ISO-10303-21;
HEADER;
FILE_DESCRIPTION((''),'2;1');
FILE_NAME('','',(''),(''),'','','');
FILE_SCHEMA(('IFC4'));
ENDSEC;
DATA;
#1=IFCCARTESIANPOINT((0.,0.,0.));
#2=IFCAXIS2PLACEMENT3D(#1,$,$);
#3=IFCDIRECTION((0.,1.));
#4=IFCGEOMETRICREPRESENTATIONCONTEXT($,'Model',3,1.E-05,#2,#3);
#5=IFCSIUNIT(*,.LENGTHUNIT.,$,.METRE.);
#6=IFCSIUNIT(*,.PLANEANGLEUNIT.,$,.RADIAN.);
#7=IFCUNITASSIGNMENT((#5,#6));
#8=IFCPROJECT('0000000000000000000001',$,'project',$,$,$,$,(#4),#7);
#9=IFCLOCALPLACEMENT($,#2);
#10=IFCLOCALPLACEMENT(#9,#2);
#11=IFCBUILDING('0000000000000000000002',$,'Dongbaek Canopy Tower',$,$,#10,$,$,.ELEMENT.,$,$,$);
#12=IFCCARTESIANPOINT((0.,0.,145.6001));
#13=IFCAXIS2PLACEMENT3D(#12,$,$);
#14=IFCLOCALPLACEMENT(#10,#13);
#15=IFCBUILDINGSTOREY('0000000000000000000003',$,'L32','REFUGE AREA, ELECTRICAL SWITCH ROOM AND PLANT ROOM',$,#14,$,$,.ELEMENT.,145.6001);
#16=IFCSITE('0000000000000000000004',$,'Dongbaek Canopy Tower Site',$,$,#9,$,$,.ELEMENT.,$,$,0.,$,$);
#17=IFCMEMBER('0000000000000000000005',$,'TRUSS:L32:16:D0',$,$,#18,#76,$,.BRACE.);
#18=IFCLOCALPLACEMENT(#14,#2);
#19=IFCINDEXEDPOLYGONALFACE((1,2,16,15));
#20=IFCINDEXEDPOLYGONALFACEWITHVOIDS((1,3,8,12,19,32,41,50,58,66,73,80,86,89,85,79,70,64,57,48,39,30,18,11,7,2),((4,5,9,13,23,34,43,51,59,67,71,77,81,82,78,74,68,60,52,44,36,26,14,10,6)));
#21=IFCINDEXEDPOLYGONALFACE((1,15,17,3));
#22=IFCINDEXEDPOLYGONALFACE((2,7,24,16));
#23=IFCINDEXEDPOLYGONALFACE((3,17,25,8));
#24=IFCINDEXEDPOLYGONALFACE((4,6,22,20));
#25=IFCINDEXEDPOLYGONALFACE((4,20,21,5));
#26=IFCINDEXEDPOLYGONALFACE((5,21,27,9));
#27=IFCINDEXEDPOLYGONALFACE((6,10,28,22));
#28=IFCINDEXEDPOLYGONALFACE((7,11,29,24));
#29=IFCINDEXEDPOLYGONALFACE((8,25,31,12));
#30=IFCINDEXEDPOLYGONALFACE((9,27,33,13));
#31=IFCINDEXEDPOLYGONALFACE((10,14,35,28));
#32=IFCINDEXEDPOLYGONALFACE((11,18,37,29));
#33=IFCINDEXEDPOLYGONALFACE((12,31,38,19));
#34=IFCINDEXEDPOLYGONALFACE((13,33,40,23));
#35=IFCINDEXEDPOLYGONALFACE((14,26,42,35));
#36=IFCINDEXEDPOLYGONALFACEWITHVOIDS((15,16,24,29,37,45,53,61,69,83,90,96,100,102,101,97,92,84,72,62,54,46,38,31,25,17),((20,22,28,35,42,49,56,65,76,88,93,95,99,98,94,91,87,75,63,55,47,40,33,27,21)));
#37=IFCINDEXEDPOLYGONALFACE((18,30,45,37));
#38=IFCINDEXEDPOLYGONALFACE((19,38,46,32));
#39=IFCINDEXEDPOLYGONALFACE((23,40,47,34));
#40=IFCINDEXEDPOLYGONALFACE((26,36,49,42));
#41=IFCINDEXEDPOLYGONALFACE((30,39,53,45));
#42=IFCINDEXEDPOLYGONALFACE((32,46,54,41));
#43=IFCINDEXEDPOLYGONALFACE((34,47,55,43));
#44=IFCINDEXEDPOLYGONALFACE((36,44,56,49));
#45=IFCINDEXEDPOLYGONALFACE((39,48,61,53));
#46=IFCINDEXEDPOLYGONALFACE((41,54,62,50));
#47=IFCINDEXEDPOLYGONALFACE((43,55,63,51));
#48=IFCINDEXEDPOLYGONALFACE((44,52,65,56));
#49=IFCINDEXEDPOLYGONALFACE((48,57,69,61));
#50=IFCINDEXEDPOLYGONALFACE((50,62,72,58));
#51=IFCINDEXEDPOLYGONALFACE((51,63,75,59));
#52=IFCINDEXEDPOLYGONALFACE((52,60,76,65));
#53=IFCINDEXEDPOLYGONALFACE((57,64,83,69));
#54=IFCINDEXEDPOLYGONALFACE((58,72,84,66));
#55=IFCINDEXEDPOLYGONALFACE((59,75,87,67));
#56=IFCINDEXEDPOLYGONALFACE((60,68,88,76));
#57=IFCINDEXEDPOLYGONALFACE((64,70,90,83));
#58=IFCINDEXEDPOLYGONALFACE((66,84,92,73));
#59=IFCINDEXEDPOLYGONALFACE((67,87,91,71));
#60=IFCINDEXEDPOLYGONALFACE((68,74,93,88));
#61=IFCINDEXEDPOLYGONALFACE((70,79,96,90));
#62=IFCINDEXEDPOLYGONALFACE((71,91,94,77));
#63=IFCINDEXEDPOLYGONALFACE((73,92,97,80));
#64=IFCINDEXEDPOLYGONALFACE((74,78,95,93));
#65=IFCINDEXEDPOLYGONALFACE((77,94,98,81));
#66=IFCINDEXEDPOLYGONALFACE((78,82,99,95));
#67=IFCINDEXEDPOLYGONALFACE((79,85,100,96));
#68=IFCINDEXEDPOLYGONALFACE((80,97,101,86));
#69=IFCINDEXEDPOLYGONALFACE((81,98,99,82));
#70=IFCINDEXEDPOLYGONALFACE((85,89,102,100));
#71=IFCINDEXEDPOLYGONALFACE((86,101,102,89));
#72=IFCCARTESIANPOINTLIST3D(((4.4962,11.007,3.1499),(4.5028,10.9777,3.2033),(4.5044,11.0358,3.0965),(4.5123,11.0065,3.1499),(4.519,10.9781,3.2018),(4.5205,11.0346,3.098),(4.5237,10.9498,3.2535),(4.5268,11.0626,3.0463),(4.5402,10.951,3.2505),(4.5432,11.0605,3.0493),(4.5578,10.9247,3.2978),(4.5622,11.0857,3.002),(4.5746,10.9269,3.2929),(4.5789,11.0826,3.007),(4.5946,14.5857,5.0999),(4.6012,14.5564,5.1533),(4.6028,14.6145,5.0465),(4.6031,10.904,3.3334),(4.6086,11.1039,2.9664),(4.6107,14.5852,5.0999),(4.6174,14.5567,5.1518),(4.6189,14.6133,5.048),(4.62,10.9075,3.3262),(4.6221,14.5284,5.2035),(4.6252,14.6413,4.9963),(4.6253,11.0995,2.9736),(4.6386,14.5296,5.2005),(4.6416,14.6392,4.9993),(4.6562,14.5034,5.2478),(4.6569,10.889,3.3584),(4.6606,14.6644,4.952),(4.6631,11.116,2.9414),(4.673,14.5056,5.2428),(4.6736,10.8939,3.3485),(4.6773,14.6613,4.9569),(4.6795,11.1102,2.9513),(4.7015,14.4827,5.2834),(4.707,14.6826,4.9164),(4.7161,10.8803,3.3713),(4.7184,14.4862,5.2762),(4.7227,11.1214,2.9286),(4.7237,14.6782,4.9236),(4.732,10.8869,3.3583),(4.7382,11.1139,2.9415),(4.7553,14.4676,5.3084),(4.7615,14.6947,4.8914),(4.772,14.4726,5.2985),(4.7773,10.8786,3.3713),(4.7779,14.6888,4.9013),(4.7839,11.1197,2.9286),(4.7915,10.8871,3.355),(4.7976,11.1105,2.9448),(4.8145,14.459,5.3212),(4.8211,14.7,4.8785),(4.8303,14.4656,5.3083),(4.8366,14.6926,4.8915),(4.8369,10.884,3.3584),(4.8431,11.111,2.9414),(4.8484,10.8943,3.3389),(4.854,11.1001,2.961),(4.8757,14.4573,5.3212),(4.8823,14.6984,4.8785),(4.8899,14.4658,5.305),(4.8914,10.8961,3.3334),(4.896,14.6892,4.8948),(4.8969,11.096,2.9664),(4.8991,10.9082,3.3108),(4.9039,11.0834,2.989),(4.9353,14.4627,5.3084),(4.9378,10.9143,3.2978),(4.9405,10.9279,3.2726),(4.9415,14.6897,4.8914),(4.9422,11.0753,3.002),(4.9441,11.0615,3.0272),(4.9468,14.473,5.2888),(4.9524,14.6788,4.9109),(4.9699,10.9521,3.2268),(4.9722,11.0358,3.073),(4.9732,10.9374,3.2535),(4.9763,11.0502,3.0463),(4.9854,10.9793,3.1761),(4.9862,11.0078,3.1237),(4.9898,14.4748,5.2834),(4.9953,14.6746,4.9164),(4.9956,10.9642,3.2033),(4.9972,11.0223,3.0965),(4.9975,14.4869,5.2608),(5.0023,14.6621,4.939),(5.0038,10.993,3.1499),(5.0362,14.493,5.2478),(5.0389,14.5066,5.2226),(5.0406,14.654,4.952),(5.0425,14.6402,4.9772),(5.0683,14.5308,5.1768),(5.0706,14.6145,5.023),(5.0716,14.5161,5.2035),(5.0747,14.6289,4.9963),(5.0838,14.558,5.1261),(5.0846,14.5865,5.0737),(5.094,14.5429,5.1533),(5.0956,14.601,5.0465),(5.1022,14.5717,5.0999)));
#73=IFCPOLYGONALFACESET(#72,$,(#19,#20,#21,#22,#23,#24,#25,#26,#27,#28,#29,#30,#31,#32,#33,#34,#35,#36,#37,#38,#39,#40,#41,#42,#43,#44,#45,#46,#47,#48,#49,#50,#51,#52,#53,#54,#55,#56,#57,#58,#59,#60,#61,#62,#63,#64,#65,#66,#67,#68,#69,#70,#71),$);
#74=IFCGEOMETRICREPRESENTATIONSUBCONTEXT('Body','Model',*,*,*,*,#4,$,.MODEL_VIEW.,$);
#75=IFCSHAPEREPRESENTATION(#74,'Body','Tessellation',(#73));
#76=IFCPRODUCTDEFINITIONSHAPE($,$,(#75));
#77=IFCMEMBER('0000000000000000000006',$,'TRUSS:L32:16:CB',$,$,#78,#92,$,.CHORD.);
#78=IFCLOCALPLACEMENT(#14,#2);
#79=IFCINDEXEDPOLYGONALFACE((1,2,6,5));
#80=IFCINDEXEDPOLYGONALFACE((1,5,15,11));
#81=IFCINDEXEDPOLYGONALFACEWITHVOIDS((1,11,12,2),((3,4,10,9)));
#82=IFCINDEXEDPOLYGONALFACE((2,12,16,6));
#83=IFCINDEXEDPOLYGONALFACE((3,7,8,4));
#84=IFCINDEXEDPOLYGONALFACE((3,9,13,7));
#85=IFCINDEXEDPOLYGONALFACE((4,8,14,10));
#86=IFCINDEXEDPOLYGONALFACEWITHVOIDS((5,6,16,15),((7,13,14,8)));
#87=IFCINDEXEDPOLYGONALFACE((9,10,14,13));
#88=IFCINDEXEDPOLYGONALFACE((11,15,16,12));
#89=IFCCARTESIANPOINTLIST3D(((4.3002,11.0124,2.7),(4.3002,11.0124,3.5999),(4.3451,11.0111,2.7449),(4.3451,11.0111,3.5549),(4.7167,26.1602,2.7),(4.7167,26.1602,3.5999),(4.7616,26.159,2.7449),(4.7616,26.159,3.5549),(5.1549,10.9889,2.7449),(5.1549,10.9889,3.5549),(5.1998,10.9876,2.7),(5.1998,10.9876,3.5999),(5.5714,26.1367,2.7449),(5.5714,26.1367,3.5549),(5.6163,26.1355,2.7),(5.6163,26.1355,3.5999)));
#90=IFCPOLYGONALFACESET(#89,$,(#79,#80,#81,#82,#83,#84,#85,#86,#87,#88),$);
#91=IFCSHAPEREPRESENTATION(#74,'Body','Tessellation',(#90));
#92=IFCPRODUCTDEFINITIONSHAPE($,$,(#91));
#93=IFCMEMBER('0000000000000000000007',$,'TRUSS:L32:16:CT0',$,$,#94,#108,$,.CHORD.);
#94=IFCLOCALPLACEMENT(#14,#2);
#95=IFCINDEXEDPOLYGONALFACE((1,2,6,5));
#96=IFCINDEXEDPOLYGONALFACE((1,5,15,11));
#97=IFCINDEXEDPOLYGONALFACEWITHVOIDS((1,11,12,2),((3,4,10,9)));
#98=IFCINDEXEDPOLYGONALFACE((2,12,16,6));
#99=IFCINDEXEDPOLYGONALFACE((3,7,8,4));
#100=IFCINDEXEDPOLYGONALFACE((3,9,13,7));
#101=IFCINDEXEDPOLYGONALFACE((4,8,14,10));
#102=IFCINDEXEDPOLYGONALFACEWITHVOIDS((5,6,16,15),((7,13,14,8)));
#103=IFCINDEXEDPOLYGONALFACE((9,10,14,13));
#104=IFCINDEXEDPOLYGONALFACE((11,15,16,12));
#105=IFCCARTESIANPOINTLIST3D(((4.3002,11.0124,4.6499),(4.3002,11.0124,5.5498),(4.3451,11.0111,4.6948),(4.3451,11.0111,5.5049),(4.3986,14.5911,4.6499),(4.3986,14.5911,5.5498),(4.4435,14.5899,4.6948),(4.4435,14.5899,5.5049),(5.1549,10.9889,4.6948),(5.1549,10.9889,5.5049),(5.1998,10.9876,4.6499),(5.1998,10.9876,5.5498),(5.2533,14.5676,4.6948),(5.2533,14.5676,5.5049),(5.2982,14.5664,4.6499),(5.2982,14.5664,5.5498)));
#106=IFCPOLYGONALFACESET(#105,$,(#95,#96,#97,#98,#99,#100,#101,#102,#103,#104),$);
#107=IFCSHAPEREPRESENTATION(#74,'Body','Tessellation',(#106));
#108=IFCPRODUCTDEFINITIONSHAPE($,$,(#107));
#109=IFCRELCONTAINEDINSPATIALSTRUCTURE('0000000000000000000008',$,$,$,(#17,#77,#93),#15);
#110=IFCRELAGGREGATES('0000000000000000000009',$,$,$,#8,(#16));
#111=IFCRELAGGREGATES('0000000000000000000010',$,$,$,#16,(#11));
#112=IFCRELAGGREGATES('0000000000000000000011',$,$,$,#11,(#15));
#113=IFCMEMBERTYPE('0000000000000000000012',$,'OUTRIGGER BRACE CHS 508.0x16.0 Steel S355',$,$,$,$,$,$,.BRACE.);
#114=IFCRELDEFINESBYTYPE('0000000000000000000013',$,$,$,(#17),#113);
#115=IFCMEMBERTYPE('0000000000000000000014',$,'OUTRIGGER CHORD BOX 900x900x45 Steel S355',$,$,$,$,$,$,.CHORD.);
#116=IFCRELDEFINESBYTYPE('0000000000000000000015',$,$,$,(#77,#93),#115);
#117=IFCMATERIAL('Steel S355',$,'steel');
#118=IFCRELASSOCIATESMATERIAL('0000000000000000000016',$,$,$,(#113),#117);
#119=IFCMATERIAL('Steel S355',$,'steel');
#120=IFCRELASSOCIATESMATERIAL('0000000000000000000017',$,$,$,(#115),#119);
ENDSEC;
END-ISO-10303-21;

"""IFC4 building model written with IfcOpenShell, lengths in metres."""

from ifc_helpers import new_model, si_unit, direction, frame, origin, origin_2d, place, context, subcontext, project, spatial, hollow_rectangle, hollow_circle, extrude, material, material_profile, profile_set, type_object, element, save


model = new_model("IFC4")

# Units and contexts
model_context = context("Model", 3, precision=1e-05, world=origin(), true_north=direction((0.0, 1.0)))
body_context = subcontext(model_context, "Body", "Model", "MODEL_VIEW")
ifc_project = project(units=[si_unit("LENGTHUNIT", "METRE"), si_unit("PLANEANGLEUNIT", "RADIAN")], contexts=[model_context])

# Site, building, storey
site_placement = place(None, origin())
site = spatial("IfcSite", under=ifc_project, at=site_placement, Name="Dongbaek Canopy Tower Site", CompositionType="ELEMENT", RefElevation=0.0)
building_placement = place(site_placement, origin())
building = spatial("IfcBuilding", under=site, at=building_placement, Name="Dongbaek Canopy Tower", CompositionType="ELEMENT")
storey_placement = place(building_placement, frame((0.0, 0.0, 145.6001)))
storey = spatial("IfcBuildingStorey", under=building, at=storey_placement, Name="L32", Description="REFUGE AREA, ELECTRICAL SWITCH ROOM AND PLANT ROOM", CompositionType="ELEMENT", Elevation=145.6001)

# Members
ifc_material_1 = material(Name="Steel S355", Category="steel")
ifc_material_profile_1 = material_profile(ifc_material_1, hollow_circle(Radius=0.2539, WallThickness=0.0161, at=origin_2d()), Name="OUTRIGGER BRACE CHS 508.0x16.0 Steel S355")
ifc_profile_set_1 = profile_set([ifc_material_profile_1], Name="Steel S355")
member_type_1 = type_object("IfcMemberType", Name="OUTRIGGER BRACE CHS 508.0x16.0 Steel S355", PredefinedType="BRACE", material=ifc_profile_set_1)
member_1_placement = place(storey_placement, frame((4.75, 11.0, 3.1499), z_axis=(0.024135, 0.877848, 0.478331), x_axis=(-0.999622, 0.027483, 0.0)))
element("IfcMember", 1, at=member_1_placement, inside=storey, type_object=member_type_1, Name="TRUSS:L32:16:D0", PredefinedType="BRACE", context=body_context, shape_type="SweptSolid", body=[
    extrude(hollow_circle(Radius=0.2539, WallThickness=0.0161, at=origin_2d()), origin(), (0.0, 0.0, 1.0), 4.0767),
])
ifc_material_2 = material(Name="Steel S355", Category="steel")
ifc_material_profile_2 = material_profile(ifc_material_2, hollow_rectangle(XDim=0.8999, YDim=0.8999, WallThickness=0.0449, at=origin_2d()), Name="OUTRIGGER CHORD BOX 900x900x45 Steel S355")
ifc_profile_set_2 = profile_set([ifc_material_profile_2], Name="Steel S355")
member_type_2 = type_object("IfcMemberType", Name="OUTRIGGER CHORD BOX 900x900x45 Steel S355", PredefinedType="CHORD", material=ifc_profile_set_2)
member_2_placement = place(storey_placement, frame((4.75, 11.0, 3.1499), z_axis=(0.027485, 0.999622, 0.0), x_axis=(-0.999622, 0.027485, 0.0)))
element("IfcMember", 2, at=member_2_placement, inside=storey, type_object=member_type_2, Name="TRUSS:L32:16:CB", PredefinedType="CHORD", context=body_context, shape_type="SweptSolid", body=[
    extrude(hollow_rectangle(XDim=0.8999, YDim=0.8999, WallThickness=0.0449, at=origin_2d()), origin(), (0.0, 0.0, 1.0), 15.1536),
])
member_3_placement = place(storey_placement, frame((4.75, 11.0, 5.0999), z_axis=(0.027483, 0.999622, 0.0), x_axis=(-0.999622, 0.027483, 0.0)))
element("IfcMember", 3, at=member_3_placement, inside=storey, type_object=member_type_2, Name="TRUSS:L32:16:CT0", PredefinedType="CHORD", context=body_context, shape_type="SweptSolid", body=[
    extrude(hollow_rectangle(XDim=0.8999, YDim=0.8999, WallThickness=0.0449, at=origin_2d()), origin(), (0.0, 0.0, 1.0), 3.5801),
])

save(model, "model.ifc")
